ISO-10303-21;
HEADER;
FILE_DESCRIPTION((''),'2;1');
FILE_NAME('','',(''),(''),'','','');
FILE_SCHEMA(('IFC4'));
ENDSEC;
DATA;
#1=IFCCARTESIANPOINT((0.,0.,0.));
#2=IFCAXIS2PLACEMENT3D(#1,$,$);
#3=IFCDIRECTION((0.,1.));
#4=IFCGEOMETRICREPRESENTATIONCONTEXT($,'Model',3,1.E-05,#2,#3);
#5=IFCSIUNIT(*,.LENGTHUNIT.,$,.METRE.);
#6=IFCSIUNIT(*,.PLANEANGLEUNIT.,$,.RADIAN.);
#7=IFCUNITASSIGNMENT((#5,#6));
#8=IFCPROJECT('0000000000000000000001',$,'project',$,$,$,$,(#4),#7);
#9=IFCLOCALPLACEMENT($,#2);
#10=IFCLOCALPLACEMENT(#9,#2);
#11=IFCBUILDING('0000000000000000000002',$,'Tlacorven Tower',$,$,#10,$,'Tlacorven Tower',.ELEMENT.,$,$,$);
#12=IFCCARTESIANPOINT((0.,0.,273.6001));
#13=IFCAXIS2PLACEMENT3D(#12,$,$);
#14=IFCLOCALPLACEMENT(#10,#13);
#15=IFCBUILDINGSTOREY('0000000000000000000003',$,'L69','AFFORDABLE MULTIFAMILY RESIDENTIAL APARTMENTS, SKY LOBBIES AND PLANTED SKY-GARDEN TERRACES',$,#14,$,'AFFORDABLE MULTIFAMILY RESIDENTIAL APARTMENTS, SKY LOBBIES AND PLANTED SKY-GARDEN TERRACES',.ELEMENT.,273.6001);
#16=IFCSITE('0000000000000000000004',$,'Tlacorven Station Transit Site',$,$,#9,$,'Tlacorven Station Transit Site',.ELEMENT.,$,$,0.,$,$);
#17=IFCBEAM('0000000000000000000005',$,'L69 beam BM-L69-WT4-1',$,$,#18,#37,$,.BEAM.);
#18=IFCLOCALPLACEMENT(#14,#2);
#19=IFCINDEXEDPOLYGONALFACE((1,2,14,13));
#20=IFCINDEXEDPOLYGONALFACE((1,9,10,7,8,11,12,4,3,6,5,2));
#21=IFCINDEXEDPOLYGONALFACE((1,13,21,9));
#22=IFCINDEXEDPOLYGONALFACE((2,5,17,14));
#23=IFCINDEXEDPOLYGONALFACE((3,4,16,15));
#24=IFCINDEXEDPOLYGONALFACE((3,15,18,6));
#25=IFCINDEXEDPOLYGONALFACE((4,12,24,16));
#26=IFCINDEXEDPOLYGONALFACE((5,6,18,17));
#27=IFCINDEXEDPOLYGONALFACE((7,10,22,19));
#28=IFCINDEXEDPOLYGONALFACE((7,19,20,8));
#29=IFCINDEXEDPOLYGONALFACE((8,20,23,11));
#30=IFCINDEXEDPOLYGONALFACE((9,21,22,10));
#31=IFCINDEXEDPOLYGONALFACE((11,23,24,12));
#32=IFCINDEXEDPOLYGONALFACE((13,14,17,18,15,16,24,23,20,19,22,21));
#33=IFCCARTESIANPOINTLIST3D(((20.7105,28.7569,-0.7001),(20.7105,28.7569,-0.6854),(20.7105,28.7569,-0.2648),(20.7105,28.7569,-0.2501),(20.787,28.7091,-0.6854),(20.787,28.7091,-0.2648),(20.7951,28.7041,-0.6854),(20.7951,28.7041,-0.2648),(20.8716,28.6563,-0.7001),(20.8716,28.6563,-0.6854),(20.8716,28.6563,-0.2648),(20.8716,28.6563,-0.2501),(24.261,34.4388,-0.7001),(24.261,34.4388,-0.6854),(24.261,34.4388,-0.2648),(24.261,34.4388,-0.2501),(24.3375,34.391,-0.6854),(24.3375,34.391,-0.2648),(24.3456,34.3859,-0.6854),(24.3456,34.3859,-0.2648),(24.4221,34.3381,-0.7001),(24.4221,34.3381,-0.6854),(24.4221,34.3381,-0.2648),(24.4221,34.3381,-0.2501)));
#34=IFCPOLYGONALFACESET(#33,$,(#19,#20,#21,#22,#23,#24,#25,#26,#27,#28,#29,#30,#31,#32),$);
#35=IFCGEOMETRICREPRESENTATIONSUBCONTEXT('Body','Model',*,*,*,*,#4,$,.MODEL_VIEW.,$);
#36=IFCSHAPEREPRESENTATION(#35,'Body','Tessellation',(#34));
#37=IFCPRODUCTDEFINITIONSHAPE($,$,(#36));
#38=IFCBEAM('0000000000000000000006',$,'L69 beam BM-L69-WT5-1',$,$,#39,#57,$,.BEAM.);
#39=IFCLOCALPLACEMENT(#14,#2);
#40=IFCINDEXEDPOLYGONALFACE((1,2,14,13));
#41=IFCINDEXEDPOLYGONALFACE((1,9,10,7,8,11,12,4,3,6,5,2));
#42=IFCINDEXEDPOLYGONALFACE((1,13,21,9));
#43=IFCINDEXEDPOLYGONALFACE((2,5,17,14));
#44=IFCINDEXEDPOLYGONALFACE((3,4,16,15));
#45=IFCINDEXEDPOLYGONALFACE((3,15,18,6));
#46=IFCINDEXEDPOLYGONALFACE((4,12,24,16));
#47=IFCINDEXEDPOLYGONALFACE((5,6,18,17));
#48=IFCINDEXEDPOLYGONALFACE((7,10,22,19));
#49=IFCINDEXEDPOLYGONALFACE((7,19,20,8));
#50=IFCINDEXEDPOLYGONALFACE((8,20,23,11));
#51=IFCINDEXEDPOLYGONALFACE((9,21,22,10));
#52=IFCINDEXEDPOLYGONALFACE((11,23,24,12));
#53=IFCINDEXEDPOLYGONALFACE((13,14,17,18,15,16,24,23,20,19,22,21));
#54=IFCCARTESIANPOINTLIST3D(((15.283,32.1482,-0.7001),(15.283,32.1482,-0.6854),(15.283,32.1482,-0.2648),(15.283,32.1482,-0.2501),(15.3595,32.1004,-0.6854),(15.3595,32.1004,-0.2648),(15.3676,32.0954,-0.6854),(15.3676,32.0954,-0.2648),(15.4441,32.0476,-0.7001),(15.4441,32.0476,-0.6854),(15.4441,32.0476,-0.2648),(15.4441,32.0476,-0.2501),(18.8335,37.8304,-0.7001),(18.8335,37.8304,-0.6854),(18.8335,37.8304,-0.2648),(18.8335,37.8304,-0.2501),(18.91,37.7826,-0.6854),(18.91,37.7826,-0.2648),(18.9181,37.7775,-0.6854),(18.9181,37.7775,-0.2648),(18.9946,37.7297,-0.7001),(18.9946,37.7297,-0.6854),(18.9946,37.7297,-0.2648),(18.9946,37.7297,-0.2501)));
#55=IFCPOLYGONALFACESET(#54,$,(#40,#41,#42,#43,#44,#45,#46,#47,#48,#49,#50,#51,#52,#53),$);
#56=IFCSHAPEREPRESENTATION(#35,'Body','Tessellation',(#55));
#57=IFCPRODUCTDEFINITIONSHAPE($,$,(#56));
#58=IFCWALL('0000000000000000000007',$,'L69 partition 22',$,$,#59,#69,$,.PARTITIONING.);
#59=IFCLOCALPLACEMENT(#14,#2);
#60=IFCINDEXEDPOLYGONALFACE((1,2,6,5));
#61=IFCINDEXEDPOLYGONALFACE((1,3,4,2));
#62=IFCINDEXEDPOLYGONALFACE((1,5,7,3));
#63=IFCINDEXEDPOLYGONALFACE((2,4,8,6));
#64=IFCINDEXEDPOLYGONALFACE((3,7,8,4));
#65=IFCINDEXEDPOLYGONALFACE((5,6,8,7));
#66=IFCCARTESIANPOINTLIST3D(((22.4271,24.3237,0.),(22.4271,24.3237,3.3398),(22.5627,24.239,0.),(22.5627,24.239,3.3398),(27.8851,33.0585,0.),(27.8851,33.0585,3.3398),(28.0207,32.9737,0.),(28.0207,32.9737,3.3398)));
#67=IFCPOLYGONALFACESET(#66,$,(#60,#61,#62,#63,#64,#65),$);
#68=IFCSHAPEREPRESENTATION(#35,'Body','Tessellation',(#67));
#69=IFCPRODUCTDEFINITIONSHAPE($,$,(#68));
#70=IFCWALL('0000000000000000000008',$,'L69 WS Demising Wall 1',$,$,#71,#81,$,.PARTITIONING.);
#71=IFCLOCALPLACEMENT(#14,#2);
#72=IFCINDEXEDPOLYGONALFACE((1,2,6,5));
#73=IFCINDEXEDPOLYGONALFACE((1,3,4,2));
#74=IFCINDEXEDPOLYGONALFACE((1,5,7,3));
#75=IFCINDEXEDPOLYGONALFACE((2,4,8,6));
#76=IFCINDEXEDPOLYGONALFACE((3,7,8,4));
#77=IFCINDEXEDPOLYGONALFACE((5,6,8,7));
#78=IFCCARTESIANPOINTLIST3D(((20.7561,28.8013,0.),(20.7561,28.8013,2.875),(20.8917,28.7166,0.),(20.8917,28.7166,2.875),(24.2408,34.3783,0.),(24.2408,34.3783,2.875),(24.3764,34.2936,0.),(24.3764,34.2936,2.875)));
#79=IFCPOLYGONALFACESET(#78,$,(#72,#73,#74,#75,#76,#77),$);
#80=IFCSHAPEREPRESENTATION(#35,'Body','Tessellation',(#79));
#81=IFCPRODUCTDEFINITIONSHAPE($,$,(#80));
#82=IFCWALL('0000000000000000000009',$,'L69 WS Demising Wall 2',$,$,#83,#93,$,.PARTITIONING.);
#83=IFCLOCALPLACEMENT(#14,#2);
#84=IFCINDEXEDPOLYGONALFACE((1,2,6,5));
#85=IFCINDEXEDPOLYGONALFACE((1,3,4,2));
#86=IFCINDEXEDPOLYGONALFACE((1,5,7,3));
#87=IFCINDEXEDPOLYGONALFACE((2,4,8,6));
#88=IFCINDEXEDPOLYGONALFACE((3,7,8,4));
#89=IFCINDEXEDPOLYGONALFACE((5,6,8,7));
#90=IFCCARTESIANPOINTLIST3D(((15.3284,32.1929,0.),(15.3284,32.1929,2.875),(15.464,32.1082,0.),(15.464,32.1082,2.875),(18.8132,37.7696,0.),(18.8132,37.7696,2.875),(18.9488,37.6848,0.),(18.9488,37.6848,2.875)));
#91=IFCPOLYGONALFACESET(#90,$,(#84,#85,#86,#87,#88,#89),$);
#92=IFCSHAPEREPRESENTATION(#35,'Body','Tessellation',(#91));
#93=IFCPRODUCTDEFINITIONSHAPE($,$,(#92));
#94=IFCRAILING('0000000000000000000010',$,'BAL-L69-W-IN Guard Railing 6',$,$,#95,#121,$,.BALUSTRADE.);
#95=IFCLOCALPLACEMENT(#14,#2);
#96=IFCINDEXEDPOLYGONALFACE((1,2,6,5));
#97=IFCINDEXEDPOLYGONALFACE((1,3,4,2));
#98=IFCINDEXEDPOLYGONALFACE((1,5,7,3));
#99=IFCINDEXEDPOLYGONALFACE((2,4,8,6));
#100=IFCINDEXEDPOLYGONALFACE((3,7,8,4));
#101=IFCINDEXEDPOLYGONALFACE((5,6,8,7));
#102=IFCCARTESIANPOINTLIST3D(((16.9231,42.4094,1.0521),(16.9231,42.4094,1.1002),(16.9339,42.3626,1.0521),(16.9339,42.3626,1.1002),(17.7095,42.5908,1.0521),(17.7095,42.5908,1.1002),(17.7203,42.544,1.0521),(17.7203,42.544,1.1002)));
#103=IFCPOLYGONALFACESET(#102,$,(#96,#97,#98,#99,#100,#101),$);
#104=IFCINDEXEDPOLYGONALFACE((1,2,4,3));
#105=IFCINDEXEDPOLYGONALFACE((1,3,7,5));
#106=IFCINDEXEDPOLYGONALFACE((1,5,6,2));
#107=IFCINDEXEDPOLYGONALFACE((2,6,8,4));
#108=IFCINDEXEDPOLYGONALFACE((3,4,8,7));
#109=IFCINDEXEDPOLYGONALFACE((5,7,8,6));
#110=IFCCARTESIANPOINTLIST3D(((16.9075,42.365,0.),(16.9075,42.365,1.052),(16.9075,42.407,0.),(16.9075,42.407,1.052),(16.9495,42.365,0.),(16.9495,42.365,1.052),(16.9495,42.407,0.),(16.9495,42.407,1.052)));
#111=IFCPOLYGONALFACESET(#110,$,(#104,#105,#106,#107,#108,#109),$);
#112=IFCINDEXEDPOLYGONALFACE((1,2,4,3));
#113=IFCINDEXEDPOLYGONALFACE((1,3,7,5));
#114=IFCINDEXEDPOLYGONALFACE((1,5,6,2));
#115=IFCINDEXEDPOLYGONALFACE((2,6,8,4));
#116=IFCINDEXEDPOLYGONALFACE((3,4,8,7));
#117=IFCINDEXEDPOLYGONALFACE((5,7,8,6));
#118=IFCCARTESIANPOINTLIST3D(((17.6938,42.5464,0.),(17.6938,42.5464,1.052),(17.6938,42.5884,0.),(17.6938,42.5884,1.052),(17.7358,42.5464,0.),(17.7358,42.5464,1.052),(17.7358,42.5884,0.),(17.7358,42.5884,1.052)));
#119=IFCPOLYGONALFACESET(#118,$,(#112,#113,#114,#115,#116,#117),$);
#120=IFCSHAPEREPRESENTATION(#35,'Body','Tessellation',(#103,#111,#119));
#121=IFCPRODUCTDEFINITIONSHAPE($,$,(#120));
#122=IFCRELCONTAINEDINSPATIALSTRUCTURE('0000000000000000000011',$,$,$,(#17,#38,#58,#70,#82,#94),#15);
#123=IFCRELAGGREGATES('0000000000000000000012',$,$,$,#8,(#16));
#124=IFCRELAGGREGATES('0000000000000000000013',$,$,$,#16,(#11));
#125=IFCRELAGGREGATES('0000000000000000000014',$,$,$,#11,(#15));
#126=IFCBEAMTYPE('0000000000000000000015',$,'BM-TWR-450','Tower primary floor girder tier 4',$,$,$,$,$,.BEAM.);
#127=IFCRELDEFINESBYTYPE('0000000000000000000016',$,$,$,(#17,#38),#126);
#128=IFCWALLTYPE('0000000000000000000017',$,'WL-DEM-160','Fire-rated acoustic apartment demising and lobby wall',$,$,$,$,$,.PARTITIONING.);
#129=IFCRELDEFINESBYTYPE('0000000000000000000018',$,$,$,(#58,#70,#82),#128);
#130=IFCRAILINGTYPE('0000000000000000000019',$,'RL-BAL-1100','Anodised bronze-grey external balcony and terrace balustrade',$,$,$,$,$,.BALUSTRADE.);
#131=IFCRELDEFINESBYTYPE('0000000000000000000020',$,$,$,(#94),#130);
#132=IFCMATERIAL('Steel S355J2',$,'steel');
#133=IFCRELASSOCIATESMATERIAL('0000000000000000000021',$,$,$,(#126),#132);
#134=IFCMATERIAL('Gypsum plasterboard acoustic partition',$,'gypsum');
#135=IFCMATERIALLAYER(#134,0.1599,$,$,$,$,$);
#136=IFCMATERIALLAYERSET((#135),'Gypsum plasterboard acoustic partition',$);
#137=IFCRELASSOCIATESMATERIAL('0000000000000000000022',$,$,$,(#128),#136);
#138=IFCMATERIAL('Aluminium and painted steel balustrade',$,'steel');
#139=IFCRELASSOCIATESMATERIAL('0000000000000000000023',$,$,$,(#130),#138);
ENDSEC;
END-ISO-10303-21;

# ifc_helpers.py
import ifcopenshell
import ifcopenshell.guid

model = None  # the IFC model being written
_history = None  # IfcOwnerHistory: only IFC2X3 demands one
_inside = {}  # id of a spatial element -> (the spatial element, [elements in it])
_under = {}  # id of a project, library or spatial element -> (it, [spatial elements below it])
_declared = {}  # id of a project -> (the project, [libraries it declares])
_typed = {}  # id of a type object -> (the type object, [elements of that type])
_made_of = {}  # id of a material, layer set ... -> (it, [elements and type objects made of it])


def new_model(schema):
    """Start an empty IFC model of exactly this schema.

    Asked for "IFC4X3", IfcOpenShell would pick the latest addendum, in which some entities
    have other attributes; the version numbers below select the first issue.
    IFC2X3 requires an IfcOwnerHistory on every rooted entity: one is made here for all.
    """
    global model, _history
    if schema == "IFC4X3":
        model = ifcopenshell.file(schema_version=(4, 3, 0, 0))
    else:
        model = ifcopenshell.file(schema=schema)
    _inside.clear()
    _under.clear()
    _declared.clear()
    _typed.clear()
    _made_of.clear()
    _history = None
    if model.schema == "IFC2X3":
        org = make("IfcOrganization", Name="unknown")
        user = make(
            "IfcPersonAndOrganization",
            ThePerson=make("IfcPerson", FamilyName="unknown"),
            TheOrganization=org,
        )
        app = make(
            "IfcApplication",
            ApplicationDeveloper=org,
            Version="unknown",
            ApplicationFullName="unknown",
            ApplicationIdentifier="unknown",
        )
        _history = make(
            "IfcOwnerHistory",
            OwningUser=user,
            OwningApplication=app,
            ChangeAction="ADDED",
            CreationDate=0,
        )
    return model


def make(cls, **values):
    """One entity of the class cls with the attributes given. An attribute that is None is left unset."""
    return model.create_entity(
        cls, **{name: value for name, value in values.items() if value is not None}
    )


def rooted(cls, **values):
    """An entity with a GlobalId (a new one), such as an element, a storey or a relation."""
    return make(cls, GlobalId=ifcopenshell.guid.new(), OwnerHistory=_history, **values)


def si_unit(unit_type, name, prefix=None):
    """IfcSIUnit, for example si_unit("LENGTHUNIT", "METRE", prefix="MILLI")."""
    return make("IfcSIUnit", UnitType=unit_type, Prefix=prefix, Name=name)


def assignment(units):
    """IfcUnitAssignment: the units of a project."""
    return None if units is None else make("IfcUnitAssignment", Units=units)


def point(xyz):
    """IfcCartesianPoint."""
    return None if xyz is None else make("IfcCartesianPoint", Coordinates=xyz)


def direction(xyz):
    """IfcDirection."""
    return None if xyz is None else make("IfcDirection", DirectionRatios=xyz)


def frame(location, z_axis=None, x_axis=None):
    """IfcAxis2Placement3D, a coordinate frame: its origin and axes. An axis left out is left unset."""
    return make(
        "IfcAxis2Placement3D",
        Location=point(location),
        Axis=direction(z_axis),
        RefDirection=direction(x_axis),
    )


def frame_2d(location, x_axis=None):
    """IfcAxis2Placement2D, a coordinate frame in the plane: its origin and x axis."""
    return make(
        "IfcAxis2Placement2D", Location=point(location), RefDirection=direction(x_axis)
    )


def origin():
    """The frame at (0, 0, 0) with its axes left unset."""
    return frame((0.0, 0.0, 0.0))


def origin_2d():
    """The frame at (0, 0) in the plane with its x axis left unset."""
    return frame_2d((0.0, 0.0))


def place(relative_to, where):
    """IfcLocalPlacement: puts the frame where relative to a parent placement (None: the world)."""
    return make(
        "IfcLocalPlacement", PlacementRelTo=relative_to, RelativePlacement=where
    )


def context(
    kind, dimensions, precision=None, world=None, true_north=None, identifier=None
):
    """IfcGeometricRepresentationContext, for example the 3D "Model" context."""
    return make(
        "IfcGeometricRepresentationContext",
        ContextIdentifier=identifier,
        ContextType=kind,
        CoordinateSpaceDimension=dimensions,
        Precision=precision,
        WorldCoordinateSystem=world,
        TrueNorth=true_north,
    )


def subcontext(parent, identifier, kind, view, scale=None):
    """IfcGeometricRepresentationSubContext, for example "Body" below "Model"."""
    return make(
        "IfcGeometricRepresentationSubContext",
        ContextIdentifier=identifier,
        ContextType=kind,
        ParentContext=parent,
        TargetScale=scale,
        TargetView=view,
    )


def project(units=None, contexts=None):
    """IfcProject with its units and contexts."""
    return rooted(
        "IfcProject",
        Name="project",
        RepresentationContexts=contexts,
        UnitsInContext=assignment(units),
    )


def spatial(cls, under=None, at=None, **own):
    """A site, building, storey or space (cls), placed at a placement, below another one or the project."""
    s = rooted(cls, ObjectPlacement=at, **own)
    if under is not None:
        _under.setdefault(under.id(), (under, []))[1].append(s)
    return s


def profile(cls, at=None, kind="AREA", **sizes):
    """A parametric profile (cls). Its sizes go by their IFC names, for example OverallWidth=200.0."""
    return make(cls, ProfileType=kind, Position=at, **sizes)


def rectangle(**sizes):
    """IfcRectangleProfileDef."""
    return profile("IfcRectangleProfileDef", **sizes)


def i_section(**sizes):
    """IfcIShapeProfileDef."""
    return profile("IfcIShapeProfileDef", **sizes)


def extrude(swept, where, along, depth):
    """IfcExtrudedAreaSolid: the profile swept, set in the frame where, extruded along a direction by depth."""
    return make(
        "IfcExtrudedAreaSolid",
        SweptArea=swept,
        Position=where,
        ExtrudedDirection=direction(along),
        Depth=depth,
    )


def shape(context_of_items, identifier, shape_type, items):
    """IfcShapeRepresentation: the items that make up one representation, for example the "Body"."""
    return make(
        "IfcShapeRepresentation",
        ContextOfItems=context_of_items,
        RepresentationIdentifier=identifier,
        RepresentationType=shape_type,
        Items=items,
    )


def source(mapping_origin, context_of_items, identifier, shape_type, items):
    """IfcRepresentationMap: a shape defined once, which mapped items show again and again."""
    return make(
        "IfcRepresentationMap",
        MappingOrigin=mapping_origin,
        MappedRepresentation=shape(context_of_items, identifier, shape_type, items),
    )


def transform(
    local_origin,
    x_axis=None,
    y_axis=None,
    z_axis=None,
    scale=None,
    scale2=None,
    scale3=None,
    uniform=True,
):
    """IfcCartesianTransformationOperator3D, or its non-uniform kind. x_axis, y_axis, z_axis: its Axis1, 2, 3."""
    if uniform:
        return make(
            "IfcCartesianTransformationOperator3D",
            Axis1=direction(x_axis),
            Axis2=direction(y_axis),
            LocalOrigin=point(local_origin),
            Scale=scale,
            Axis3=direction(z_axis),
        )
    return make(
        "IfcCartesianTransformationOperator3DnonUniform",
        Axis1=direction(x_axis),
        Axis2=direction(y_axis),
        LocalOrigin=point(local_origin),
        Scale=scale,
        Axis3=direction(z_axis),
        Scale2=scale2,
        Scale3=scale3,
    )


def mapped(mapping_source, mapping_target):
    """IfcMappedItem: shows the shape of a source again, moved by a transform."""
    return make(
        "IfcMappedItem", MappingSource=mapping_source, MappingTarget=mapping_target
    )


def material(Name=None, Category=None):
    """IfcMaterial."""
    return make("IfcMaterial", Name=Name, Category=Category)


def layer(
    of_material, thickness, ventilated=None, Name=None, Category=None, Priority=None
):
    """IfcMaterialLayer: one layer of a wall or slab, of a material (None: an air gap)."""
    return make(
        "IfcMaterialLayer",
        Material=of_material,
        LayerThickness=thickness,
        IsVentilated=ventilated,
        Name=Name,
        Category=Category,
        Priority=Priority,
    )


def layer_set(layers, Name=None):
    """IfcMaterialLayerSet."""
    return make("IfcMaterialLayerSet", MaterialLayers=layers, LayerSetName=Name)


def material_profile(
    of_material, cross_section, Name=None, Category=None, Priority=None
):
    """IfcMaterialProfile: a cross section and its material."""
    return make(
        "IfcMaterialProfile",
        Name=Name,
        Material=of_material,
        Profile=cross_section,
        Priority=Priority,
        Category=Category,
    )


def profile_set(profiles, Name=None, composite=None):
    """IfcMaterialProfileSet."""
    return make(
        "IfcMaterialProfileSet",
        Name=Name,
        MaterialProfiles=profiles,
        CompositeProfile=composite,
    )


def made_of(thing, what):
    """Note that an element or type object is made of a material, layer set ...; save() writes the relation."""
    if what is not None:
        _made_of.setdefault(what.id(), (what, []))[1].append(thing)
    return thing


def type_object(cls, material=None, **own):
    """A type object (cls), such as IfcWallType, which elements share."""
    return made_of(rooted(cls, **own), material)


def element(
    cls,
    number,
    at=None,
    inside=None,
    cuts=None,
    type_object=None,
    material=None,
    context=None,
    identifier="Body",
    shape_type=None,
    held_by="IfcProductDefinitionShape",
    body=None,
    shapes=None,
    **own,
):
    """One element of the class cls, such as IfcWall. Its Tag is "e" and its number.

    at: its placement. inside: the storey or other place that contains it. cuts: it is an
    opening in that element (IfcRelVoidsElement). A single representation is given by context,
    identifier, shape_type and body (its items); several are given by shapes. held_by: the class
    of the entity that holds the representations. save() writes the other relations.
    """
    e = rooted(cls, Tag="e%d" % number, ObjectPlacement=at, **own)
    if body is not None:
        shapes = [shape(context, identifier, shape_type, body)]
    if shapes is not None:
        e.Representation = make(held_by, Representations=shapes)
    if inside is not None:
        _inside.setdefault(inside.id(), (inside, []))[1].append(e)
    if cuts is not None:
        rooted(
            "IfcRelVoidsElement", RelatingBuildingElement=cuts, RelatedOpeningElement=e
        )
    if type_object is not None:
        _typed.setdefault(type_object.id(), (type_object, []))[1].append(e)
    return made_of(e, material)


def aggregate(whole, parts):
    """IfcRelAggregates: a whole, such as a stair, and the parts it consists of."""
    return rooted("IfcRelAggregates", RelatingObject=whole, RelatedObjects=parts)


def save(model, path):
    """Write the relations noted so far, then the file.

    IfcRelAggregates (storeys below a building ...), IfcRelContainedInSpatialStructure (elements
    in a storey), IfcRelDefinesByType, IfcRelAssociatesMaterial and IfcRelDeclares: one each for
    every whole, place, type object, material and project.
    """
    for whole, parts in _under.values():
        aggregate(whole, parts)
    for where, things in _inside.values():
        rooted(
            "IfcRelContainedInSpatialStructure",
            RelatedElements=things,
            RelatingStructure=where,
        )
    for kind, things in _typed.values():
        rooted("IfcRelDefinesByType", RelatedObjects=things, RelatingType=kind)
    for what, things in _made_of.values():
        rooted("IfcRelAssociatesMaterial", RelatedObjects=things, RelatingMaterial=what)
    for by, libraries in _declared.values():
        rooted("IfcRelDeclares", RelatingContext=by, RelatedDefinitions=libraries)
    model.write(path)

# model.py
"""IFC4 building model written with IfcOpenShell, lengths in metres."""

from ifc_helpers import new_model, si_unit, direction, frame, frame_2d, origin, origin_2d, place, context, subcontext, project, spatial, rectangle, i_section, extrude, source, transform, mapped, material, layer, layer_set, material_profile, profile_set, type_object, element, save


model = new_model("IFC4")

# Units and contexts
model_context = context("Model", 3, precision=1e-05, world=origin(), true_north=direction((0.0, 1.0)))
body_context = subcontext(model_context, "Body", "Model", "MODEL_VIEW")
ifc_project = project(units=[si_unit("LENGTHUNIT", "METRE"), si_unit("PLANEANGLEUNIT", "RADIAN")], contexts=[model_context])

# Site, building, storey
site_placement = place(None, origin())
site = spatial("IfcSite", under=ifc_project, at=site_placement, Name="Tlacorven Station Transit Site", LongName="Tlacorven Station Transit Site", CompositionType="ELEMENT", RefElevation=0.0)
building_placement = place(site_placement, origin())
building = spatial("IfcBuilding", under=site, at=building_placement, Name="Tlacorven Tower", LongName="Tlacorven Tower", CompositionType="ELEMENT")
storey_placement = place(building_placement, frame((0.0, 0.0, 273.6001)))
storey = spatial("IfcBuildingStorey", under=building, at=storey_placement, Name="L69", Description="AFFORDABLE MULTIFAMILY RESIDENTIAL APARTMENTS, SKY LOBBIES AND PLANTED SKY-GARDEN TERRACES", LongName="AFFORDABLE MULTIFAMILY RESIDENTIAL APARTMENTS, SKY LOBBIES AND PLANTED SKY-GARDEN TERRACES", CompositionType="ELEMENT", Elevation=273.6001)

# Beams
ifc_material_1 = material(Name="Steel S355J2", Category="steel")
ifc_material_profile_1 = material_profile(ifc_material_1, i_section(OverallWidth=0.1899, OverallDepth=0.45, WebThickness=0.0095, FlangeThickness=0.0146, at=origin_2d()), Name="IPE 450")
ifc_profile_set_1 = profile_set([ifc_material_profile_1], Name="Steel S355J2")
beam_type_1 = type_object("IfcBeamType", Name="BM-TWR-450", Description="Tower primary floor girder tier 4", PredefinedType="BEAM", material=ifc_profile_set_1)
shared_shape_1 = source(origin(), body_context, "Body", "SweptSolid", [
    extrude(i_section(OverallWidth=0.1899, OverallDepth=0.45, WebThickness=0.0095, FlangeThickness=0.0146, at=origin_2d()), origin(), (0.0, 0.0, 1.0), 6.7),
])
beam_1_placement = place(storey_placement, frame((24.3416, 34.3884, -0.4751), z_axis=(-0.52993, -0.848041, 0.0), x_axis=(0.848041, -0.52993, 0.0)))
element("IfcBeam", 1, at=beam_1_placement, inside=storey, type_object=beam_type_1, Name="L69 beam BM-L69-WT4-1", PredefinedType="BEAM", context=body_context, shape_type="MappedRepresentation", body=[
    mapped(shared_shape_1, transform((0.0, 0.0, 0.0), scale=1.0)),
])
shared_shape_2 = source(origin(), body_context, "Body", "SweptSolid", [
    extrude(i_section(OverallWidth=0.1899, OverallDepth=0.45, WebThickness=0.0095, FlangeThickness=0.0146, at=origin_2d()), origin(), (0.0, 0.0, 1.0), 6.7002),
])
beam_2_placement = place(storey_placement, frame((18.9141, 37.78, -0.4751), z_axis=(-0.529914, -0.848052, 0.0), x_axis=(0.848052, -0.529914, 0.0)))
element("IfcBeam", 2, at=beam_2_placement, inside=storey, type_object=beam_type_1, Name="L69 beam BM-L69-WT5-1", PredefinedType="BEAM", context=body_context, shape_type="MappedRepresentation", body=[
    mapped(shared_shape_2, transform((0.0, 0.0, 0.0), scale=1.0)),
])

# Walls
ifc_material_2 = material(Name="Gypsum plasterboard acoustic partition", Category="gypsum")
ifc_layer = layer(ifc_material_2, 0.1599)
ifc_layer_set = layer_set([ifc_layer], Name="Gypsum plasterboard acoustic partition")
wall_type = type_object("IfcWallType", Name="WL-DEM-160", Description="Fire-rated acoustic apartment demising and lobby wall", PredefinedType="PARTITIONING", material=ifc_layer_set)
wall_1_placement = place(storey_placement, frame((27.9529, 33.0161, 0.0), z_axis=(0.0, 0.0, 1.0), x_axis=(-0.529909, -0.848054, 0.0)))
element("IfcWall", 3, at=wall_1_placement, inside=storey, type_object=wall_type, Name="L69 partition 22", PredefinedType="PARTITIONING", context=body_context, shape_type="SweptSolid", body=[
    extrude(rectangle(XDim=10.2998, YDim=0.1599, at=frame_2d((5.1499, 0.0))), origin(), (0.0, 0.0, 1.0), 3.3398),
])
wall_2_placement = place(storey_placement, frame((24.3086, 34.3359, 0.0), z_axis=(0.0, 0.0, 1.0), x_axis=(-0.529895, -0.848063, 0.0)))
element("IfcWall", 4, at=wall_2_placement, inside=storey, type_object=wall_type, Name="L69 WS Demising Wall 1", PredefinedType="PARTITIONING", context=body_context, shape_type="SweptSolid", body=[
    extrude(rectangle(XDim=6.5762, YDim=0.1599, at=frame_2d((3.2881, 0.0))), origin(), (0.0, 0.0, 1.0), 2.875),
])
wall_3_placement = place(storey_placement, frame((18.8811, 37.7273, 0.0), z_axis=(0.0, 0.0, 1.0), x_axis=(-0.529939, -0.848036, 0.0)))
element("IfcWall", 5, at=wall_3_placement, inside=storey, type_object=wall_type, Name="L69 WS Demising Wall 2", PredefinedType="PARTITIONING", context=body_context, shape_type="SweptSolid", body=[
    extrude(rectangle(XDim=6.5759, YDim=0.1599, at=frame_2d((3.2881, 0.0))), origin(), (0.0, 0.0, 1.0), 2.875),
])

# Railing
ifc_material_3 = material(Name="Aluminium and painted steel balustrade", Category="steel")
railing_type = type_object("IfcRailingType", Name="RL-BAL-1100", Description="Anodised bronze-grey external balcony and terrace balustrade", PredefinedType="BALUSTRADE", material=ifc_material_3)
shared_shape_3 = source(origin(), body_context, "Body", "SweptSolid", [
    extrude(rectangle(XDim=0.0481, YDim=0.0481, at=origin_2d()), frame((0.0, 0.0, 1.0762), z_axis=(0.974412, 0.224771, 0.0), x_axis=(-0.224771, 0.974412, 0.0)), (0.0, 0.0, 1.0), 0.8071),
    extrude(rectangle(XDim=0.042, YDim=0.042, at=origin_2d()), origin(), (0.0, 0.0, 1.0), 1.052),
    extrude(rectangle(XDim=0.042, YDim=0.042, at=origin_2d()), frame((0.7864, 0.1814, 0.0)), (0.0, 0.0, 1.0), 1.052),
])
railing_1_placement = place(storey_placement, frame((16.9285, 42.386, 0.0)))
element("IfcRailing", 6, at=railing_1_placement, inside=storey, type_object=railing_type, Name="BAL-L69-W-IN Guard Railing 6", PredefinedType="BALUSTRADE", context=body_context, shape_type="MappedRepresentation", body=[
    mapped(shared_shape_3, transform((0.0, 0.0, 0.0), scale=1.0)),
])

save(model, "model.ifc")
